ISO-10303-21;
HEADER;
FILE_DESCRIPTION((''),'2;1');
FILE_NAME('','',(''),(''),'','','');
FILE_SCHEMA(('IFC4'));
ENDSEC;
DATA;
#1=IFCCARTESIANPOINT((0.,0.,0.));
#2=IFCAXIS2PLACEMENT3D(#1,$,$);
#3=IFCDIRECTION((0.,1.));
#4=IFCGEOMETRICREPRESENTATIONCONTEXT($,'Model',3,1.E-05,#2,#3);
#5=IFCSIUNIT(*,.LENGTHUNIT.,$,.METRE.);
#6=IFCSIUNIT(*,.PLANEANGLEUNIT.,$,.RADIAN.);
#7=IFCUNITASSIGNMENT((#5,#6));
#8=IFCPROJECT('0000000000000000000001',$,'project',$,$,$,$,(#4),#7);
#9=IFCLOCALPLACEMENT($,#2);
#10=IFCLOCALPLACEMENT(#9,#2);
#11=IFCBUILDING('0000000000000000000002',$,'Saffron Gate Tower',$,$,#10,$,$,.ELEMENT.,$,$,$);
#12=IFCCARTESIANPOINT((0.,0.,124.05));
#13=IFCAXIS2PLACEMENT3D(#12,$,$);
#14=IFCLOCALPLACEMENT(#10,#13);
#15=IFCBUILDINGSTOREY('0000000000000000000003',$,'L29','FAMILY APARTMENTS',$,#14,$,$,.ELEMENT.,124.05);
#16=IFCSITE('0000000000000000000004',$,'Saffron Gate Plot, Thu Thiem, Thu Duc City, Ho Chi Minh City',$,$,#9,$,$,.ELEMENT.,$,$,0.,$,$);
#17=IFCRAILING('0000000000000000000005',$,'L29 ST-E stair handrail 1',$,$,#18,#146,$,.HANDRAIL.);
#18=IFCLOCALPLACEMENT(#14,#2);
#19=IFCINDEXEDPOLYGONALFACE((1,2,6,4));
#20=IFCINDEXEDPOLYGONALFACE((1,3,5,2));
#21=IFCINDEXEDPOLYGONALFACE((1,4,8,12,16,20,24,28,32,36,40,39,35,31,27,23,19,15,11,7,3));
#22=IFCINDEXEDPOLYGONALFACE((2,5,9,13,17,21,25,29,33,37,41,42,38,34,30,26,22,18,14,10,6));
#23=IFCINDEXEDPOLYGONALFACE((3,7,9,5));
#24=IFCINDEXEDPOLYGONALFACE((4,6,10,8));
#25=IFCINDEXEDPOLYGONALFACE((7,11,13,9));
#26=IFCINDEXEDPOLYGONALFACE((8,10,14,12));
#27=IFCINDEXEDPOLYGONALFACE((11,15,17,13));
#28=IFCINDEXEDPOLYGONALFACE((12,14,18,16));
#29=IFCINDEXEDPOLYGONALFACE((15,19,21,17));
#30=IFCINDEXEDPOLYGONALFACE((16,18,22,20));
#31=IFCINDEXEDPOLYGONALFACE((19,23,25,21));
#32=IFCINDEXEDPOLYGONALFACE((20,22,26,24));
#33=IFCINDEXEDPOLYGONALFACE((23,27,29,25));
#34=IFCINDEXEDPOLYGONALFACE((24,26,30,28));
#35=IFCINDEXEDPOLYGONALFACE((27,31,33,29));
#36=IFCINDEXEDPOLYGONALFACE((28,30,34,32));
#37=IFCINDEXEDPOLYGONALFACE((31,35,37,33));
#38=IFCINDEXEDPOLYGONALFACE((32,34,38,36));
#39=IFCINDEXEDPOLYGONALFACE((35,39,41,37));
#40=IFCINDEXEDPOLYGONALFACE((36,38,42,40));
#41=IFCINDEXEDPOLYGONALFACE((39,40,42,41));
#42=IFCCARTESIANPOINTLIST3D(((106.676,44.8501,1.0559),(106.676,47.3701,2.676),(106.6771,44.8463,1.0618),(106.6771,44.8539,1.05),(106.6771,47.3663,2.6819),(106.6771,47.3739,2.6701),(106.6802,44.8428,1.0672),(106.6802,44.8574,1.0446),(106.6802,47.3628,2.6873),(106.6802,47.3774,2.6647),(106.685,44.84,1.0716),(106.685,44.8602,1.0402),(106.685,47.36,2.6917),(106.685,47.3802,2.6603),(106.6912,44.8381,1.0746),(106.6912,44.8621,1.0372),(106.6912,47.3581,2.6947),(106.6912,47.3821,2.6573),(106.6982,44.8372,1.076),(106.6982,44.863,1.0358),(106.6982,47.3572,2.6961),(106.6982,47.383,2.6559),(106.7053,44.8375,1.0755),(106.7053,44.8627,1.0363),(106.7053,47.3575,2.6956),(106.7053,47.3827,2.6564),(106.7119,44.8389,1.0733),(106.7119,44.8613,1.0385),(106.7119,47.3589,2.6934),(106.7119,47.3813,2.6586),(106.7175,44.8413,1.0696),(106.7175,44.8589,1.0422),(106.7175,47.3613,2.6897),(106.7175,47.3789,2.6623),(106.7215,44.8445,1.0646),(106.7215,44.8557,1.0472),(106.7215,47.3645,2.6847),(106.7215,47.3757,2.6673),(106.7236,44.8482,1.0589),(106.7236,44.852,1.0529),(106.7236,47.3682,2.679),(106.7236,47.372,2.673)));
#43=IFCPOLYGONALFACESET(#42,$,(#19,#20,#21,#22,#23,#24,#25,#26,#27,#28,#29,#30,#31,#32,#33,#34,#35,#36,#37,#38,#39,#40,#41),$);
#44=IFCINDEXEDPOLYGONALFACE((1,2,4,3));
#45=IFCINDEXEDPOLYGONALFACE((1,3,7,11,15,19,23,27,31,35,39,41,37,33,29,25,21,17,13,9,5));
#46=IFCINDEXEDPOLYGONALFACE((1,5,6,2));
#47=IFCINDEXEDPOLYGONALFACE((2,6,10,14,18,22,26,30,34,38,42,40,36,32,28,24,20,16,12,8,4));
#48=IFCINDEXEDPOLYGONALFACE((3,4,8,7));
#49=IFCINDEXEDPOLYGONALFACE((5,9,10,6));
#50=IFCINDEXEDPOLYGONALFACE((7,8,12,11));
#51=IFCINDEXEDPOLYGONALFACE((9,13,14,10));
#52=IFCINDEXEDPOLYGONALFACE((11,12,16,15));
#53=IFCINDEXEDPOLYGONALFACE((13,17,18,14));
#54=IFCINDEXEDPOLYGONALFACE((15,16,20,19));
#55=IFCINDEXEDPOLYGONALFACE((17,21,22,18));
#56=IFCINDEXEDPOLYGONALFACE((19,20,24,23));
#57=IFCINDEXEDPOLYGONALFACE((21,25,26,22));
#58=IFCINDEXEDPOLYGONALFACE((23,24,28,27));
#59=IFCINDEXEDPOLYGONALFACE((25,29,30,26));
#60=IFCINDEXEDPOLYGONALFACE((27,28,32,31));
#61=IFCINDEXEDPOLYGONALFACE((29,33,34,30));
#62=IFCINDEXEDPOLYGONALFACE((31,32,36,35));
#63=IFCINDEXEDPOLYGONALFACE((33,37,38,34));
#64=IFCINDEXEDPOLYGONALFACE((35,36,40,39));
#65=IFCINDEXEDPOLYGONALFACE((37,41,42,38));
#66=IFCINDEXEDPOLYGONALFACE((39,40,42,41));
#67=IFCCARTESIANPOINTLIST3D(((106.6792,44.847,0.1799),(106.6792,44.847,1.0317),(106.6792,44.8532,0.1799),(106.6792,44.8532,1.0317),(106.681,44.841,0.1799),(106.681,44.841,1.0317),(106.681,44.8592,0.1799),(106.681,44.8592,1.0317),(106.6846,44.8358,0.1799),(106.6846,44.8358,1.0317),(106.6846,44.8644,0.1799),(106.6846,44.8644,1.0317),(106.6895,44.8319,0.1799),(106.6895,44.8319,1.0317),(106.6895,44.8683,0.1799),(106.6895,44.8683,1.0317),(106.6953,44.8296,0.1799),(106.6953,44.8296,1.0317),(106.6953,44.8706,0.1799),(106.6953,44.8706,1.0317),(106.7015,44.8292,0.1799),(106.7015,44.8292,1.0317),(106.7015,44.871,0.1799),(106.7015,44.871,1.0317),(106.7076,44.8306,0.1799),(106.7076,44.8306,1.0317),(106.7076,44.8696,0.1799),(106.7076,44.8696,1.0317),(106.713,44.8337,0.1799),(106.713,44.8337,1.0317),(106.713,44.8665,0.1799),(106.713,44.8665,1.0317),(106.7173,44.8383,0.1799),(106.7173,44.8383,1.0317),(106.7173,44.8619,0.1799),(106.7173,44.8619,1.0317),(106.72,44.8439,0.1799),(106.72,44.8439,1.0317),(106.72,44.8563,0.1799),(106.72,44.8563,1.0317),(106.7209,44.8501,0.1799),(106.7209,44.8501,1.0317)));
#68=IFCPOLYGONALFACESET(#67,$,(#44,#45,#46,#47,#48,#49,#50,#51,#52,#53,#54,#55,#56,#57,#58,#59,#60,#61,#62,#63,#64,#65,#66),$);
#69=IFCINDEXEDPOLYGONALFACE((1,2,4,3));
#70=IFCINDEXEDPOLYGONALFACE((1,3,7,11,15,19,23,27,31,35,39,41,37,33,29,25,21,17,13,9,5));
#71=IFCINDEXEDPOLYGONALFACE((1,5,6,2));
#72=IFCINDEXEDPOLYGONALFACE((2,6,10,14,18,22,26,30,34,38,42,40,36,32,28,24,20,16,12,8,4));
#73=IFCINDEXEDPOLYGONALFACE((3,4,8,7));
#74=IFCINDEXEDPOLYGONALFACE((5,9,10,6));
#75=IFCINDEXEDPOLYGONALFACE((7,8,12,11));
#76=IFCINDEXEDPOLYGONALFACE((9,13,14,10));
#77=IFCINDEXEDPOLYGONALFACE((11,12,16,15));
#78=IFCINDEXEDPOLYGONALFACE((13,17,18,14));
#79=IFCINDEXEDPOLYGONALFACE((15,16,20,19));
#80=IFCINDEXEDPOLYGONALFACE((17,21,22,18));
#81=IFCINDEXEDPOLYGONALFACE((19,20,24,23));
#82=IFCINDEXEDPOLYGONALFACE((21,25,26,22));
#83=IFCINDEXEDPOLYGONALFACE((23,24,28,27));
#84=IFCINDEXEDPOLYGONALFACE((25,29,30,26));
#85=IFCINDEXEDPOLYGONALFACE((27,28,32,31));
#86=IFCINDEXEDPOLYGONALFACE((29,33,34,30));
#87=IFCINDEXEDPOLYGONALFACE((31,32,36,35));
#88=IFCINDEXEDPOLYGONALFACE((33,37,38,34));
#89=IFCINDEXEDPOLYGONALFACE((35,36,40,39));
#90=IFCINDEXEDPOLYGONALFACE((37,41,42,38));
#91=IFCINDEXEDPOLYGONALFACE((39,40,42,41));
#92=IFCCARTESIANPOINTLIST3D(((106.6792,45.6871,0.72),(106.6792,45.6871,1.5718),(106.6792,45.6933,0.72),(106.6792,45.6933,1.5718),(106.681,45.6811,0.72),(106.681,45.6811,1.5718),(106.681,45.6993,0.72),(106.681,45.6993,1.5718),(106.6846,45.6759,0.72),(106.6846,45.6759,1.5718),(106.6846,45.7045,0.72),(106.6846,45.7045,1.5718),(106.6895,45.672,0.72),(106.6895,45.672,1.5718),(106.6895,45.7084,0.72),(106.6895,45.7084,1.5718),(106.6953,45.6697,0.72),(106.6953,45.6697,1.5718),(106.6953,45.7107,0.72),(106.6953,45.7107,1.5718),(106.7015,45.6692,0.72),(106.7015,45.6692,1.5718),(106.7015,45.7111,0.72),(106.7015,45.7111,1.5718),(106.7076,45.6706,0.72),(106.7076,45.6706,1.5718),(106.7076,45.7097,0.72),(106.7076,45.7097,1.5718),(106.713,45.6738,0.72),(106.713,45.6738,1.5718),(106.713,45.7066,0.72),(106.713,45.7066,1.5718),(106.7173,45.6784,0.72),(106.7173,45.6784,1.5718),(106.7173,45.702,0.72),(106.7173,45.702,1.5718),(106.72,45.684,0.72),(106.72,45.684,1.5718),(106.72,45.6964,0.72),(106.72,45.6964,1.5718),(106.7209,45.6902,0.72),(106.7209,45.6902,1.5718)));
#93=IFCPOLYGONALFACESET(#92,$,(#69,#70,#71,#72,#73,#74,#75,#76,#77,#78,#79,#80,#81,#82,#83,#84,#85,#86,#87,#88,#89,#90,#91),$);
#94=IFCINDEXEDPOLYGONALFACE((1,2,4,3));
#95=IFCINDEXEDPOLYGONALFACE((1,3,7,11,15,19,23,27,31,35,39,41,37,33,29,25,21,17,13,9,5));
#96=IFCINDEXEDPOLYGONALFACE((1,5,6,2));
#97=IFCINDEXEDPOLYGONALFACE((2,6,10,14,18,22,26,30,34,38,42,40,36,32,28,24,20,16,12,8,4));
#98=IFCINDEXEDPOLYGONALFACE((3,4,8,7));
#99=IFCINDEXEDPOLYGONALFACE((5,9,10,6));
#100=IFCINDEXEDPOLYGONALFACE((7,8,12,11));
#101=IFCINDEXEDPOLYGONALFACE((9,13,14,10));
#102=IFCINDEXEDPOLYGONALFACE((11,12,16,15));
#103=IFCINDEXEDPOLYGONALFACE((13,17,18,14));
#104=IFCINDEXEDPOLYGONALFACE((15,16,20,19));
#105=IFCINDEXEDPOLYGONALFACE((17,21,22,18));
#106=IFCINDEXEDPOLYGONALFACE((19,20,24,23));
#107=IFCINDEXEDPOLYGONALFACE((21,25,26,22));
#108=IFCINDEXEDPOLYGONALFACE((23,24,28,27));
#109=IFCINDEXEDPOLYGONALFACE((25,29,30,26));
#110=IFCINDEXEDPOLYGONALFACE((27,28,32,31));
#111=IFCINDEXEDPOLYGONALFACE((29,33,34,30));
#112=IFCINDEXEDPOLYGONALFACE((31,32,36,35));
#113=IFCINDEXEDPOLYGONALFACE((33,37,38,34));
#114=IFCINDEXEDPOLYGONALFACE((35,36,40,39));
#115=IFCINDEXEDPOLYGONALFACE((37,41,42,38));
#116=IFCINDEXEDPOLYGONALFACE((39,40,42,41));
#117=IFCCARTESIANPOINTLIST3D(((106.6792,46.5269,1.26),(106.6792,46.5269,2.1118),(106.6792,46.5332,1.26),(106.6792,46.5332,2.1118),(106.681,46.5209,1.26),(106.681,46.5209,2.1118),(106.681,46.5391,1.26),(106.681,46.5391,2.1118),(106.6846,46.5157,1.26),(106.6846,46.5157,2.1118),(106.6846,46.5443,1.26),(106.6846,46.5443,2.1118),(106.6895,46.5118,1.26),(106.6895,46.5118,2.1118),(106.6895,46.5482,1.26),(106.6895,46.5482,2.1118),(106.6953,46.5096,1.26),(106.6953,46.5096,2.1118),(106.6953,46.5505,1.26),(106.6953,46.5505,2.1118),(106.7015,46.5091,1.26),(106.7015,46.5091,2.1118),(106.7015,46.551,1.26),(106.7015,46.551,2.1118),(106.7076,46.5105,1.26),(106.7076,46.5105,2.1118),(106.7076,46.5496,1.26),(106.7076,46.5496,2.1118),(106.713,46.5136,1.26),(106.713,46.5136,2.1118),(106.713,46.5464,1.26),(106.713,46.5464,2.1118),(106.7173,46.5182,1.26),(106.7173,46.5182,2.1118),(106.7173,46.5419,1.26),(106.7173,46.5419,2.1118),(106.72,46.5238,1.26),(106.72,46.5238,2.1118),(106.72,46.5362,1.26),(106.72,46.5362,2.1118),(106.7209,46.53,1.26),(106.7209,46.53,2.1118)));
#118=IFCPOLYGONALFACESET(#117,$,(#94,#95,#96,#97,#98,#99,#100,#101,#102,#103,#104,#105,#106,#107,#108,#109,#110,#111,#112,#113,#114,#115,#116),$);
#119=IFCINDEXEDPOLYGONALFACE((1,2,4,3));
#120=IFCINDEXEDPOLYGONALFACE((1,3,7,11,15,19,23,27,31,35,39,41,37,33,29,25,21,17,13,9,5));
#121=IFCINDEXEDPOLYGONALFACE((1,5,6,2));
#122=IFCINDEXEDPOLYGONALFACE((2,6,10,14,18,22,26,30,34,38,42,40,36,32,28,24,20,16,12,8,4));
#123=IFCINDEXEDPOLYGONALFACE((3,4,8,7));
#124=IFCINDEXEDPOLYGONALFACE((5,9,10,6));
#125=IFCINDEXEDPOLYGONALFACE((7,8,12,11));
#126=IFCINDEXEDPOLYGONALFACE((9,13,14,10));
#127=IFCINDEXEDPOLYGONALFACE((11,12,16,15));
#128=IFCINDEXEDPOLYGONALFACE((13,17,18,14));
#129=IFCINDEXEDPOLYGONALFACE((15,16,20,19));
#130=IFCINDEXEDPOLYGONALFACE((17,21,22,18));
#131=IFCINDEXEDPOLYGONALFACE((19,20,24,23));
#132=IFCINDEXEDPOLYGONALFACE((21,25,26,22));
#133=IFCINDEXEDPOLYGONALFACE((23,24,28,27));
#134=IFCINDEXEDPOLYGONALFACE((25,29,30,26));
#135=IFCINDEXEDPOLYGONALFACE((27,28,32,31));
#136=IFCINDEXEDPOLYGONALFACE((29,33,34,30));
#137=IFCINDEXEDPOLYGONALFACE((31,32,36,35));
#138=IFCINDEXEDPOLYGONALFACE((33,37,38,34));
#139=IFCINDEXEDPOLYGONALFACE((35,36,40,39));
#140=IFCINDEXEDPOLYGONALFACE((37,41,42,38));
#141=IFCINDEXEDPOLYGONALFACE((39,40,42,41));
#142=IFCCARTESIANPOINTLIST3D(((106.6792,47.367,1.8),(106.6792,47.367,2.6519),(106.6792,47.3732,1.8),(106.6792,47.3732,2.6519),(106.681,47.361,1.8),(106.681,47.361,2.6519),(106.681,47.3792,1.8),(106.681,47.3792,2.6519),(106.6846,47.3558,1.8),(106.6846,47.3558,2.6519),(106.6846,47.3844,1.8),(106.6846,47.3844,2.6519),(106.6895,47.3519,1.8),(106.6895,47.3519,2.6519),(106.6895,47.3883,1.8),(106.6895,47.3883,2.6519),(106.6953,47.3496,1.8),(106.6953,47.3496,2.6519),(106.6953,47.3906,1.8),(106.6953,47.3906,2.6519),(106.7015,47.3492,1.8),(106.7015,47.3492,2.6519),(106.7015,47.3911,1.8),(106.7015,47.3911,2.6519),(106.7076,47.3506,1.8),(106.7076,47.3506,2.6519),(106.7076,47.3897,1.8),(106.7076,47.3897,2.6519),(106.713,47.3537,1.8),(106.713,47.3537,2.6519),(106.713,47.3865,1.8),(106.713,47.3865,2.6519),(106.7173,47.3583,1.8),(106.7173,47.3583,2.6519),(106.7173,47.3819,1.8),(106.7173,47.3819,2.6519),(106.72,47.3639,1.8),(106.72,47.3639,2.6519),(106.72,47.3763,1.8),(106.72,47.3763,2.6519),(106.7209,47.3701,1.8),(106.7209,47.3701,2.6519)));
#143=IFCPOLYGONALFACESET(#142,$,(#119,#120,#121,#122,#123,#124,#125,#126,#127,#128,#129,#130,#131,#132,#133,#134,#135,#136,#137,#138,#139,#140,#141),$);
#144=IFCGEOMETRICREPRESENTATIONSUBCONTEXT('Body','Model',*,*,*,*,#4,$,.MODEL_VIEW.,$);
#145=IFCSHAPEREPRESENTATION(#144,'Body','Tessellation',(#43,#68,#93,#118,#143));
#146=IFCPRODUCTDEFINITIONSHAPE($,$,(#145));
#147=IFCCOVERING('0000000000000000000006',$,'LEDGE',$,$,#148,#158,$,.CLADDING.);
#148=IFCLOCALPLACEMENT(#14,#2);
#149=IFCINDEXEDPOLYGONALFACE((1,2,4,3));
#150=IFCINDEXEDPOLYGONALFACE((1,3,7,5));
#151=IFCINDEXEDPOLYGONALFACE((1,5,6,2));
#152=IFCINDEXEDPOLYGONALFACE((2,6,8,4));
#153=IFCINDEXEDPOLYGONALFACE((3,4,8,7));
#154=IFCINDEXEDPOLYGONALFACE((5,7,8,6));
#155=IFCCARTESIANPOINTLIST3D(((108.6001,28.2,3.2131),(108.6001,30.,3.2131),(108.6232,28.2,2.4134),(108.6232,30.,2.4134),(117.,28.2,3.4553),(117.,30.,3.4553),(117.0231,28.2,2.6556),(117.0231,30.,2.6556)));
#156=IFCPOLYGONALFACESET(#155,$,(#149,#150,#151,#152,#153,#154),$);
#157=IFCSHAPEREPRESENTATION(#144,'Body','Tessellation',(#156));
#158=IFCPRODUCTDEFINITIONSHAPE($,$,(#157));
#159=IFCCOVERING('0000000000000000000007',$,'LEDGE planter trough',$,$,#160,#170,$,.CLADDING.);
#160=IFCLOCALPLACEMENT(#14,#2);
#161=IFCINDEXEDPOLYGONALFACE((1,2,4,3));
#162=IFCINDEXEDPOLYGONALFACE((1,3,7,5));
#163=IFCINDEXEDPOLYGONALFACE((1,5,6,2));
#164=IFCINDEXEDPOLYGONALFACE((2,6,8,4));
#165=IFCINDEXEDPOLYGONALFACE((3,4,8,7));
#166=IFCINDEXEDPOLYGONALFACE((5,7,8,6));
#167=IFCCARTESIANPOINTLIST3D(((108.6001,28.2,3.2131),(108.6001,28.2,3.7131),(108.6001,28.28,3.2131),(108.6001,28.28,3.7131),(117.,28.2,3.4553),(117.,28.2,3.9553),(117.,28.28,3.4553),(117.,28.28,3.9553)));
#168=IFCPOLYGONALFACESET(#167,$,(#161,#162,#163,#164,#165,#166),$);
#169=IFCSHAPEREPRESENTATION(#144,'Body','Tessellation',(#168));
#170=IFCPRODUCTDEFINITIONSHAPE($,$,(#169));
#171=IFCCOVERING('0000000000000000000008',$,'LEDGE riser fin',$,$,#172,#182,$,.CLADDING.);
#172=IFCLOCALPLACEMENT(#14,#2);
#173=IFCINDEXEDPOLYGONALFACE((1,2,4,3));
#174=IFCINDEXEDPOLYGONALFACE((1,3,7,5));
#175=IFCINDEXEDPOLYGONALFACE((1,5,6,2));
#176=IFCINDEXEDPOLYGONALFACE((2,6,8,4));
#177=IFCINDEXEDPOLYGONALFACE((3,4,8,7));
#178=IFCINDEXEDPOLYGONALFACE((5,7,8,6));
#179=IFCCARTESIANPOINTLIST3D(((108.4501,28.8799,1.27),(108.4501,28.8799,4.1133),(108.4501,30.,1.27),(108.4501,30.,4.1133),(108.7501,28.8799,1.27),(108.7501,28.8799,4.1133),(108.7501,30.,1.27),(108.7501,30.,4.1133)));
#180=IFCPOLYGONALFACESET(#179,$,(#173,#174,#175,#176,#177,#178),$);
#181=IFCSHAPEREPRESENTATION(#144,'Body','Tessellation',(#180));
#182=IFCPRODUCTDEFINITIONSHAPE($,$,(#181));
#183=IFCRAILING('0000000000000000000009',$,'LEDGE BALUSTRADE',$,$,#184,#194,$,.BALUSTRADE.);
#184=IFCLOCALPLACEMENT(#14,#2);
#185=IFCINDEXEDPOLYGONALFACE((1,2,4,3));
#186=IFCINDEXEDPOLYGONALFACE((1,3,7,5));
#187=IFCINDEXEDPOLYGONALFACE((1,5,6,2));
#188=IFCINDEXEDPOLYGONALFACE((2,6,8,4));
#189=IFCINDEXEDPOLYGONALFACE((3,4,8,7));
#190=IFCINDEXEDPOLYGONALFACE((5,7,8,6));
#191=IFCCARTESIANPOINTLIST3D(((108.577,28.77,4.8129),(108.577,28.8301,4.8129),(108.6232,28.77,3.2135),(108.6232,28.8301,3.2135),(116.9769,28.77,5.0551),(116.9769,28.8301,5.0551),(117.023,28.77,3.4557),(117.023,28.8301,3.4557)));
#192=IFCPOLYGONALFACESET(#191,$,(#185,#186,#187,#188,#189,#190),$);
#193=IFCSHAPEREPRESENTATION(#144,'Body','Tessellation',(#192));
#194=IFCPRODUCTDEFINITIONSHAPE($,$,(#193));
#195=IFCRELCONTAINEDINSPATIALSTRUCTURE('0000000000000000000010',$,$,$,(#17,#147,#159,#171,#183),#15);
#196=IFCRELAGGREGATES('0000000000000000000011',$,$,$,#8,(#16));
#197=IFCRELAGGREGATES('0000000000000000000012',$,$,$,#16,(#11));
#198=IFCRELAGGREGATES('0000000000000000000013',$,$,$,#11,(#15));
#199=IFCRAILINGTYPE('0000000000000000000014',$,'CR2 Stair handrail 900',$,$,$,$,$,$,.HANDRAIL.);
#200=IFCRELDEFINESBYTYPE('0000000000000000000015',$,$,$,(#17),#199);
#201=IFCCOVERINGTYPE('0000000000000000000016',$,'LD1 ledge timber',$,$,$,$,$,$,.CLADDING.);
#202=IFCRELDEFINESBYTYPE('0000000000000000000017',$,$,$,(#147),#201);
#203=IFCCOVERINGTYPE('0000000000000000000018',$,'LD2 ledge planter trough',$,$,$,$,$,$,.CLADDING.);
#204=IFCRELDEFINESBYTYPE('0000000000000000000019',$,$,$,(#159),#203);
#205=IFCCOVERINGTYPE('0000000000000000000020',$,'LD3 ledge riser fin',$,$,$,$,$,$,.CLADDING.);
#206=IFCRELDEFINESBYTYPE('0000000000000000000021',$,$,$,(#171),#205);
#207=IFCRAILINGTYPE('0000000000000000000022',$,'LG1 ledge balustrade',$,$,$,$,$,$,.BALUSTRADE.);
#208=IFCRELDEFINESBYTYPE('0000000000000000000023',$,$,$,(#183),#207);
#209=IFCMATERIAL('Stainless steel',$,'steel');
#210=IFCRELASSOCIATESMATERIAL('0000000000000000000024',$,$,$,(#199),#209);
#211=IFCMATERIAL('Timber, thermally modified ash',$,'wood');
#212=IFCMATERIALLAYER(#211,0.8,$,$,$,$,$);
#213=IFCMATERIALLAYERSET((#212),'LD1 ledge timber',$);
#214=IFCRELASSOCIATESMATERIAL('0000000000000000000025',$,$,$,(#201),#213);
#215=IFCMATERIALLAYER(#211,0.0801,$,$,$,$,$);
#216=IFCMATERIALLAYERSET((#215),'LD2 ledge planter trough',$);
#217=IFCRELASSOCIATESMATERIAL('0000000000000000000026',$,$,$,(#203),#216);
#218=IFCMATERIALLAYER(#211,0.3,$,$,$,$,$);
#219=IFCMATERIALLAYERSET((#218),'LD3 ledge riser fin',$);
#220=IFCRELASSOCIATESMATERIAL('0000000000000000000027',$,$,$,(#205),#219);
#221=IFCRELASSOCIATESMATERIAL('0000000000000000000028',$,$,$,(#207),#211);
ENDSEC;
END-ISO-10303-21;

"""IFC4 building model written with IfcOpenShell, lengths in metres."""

from ifc_helpers import new_model, si_unit, direction, frame, origin, origin_2d, place, context, subcontext, project, spatial, polyline, rectangle, circle, outline, extrude, material, layer, layer_set, type_object, element, save


model = new_model("IFC4")

# Units and contexts
model_context = context("Model", 3, precision=1e-05, world=origin(), true_north=direction((0.0, 1.0)))
body_context = subcontext(model_context, "Body", "Model", "MODEL_VIEW")
ifc_project = project(units=[si_unit("LENGTHUNIT", "METRE"), si_unit("PLANEANGLEUNIT", "RADIAN")], contexts=[model_context])

# Site, building, storey
site_placement = place(None, origin())
site = spatial("IfcSite", under=ifc_project, at=site_placement, Name="Saffron Gate Plot, Thu Thiem, Thu Duc City, Ho Chi Minh City", CompositionType="ELEMENT", RefElevation=0.0)
building_placement = place(site_placement, origin())
building = spatial("IfcBuilding", under=site, at=building_placement, Name="Saffron Gate Tower", CompositionType="ELEMENT")
storey_placement = place(building_placement, frame((0.0, 0.0, 124.05)))
storey = spatial("IfcBuildingStorey", under=building, at=storey_placement, Name="L29", Description="FAMILY APARTMENTS", CompositionType="ELEMENT", Elevation=124.05)

# Railing
ifc_material_1 = material(Name="Stainless steel", Category="steel")
railing_type_1 = type_object("IfcRailingType", Name="CR2 Stair handrail 900", PredefinedType="HANDRAIL", material=ifc_material_1)
railing_1_placement = place(storey_placement, frame((106.7, 44.8501, 0.1799)))
element("IfcRailing", 1, at=railing_1_placement, inside=storey, type_object=railing_type_1, Name="L29 ST-E stair handrail 1", PredefinedType="HANDRAIL", context=body_context, shape_type="SweptSolid", body=[
    extrude(circle(Radius=0.0239, at=origin_2d()), frame((0.0, 0.0, 0.876), z_axis=(0.0, 0.841163, 0.540782), x_axis=(-1.0, 0.0, 0.0)), (0.0, 0.0, 1.0), 2.9958),
    extrude(circle(Radius=0.021, at=origin_2d()), origin(), (0.0, 0.0, 1.0), 0.8518),
    extrude(circle(Radius=0.021, at=origin_2d()), frame((0.0, 0.8401, 0.54)), (0.0, 0.0, 1.0), 0.8518),
    extrude(circle(Radius=0.021, at=origin_2d()), frame((0.0, 1.6799, 1.0801)), (0.0, 0.0, 1.0), 0.8518),
    extrude(circle(Radius=0.021, at=origin_2d()), frame((0.0, 2.52, 1.6201)), (0.0, 0.0, 1.0), 0.8518),
])

# Coverings
ifc_material_2 = material(Name="Timber, thermally modified ash", Category="wood")
ifc_layer_1 = layer(ifc_material_2, 0.8)
ifc_layer_set_1 = layer_set([ifc_layer_1], Name="LD1 ledge timber")
covering_type_1 = type_object("IfcCoveringType", Name="LD1 ledge timber", PredefinedType="CLADDING", material=ifc_layer_set_1)
covering_1_placement = place(storey_placement, frame((108.6001, 30.0, 3.2131), z_axis=(-0.02882, 0.0, 0.999585), x_axis=(0.999585, 0.0, 0.02882)))
element("IfcCovering", 2, at=covering_1_placement, inside=storey, type_object=covering_type_1, Name="LEDGE", PredefinedType="CLADDING", context=body_context, shape_type="SweptSolid", body=[
    extrude(outline(polyline([(0.0, 0.0), (8.4034, 0.0), (8.4034, -1.8), (0.0, -1.8), (0.0, 0.0)])), origin(), (0.0, 0.0, -1.0), 0.8),
])
ifc_layer_2 = layer(ifc_material_2, 0.0801)
ifc_layer_set_2 = layer_set([ifc_layer_2], Name="LD2 ledge planter trough")
covering_type_2 = type_object("IfcCoveringType", Name="LD2 ledge planter trough", PredefinedType="CLADDING", material=ifc_layer_set_2)
covering_2_placement = place(storey_placement, frame((108.6001, 28.2, 3.2131), z_axis=(0.0, -1.0, 0.0), x_axis=(0.999585, 0.0, 0.02882)))
element("IfcCovering", 3, at=covering_2_placement, inside=storey, type_object=covering_type_2, Name="LEDGE planter trough", PredefinedType="CLADDING", context=body_context, shape_type="SweptSolid", body=[
    extrude(outline(polyline([(0.0, 0.0), (8.4034, 0.0), (8.4178, 0.4998), (0.0144, 0.4998), (0.0, 0.0)])), origin(), (0.0, 0.0, -1.0), 0.0801),
])
ifc_layer_3 = layer(ifc_material_2, 0.3)
ifc_layer_set_3 = layer_set([ifc_layer_3], Name="LD3 ledge riser fin")
covering_type_3 = type_object("IfcCoveringType", Name="LD3 ledge riser fin", PredefinedType="CLADDING", material=ifc_layer_set_3)
covering_3_placement = place(storey_placement, frame((108.6001, 29.4399, 1.27), z_axis=(0.0, 0.0, 1.0), x_axis=(1.0, 0.0, 0.0)))
element("IfcCovering", 4, at=covering_3_placement, inside=storey, type_object=covering_type_3, Name="LEDGE riser fin", PredefinedType="CLADDING", context=body_context, shape_type="SweptSolid", body=[
    extrude(rectangle(XDim=0.3, YDim=1.1201, at=origin_2d()), origin(), (0.0, 0.0, 1.0), 2.8433),
])

# Railing
railing_type_2 = type_object("IfcRailingType", Name="LG1 ledge balustrade", PredefinedType="BALUSTRADE", material=ifc_material_2)
railing_2_placement = place(storey_placement, frame((108.6001, 28.8, 3.2131)))
element("IfcRailing", 5, at=railing_2_placement, inside=storey, type_object=railing_type_2, Name="LEDGE BALUSTRADE", PredefinedType="BALUSTRADE", context=body_context, shape_type="SweptSolid", body=[
    extrude(rectangle(XDim=0.0601, YDim=1.6001, at=origin_2d()), frame((0.0, 0.0, 0.8), z_axis=(0.999585, 0.0, 0.02882), x_axis=(0.0, 1.0, 0.0)), (0.0, 0.0, 1.0), 8.4033),
])

save(model, "model.ifc")
